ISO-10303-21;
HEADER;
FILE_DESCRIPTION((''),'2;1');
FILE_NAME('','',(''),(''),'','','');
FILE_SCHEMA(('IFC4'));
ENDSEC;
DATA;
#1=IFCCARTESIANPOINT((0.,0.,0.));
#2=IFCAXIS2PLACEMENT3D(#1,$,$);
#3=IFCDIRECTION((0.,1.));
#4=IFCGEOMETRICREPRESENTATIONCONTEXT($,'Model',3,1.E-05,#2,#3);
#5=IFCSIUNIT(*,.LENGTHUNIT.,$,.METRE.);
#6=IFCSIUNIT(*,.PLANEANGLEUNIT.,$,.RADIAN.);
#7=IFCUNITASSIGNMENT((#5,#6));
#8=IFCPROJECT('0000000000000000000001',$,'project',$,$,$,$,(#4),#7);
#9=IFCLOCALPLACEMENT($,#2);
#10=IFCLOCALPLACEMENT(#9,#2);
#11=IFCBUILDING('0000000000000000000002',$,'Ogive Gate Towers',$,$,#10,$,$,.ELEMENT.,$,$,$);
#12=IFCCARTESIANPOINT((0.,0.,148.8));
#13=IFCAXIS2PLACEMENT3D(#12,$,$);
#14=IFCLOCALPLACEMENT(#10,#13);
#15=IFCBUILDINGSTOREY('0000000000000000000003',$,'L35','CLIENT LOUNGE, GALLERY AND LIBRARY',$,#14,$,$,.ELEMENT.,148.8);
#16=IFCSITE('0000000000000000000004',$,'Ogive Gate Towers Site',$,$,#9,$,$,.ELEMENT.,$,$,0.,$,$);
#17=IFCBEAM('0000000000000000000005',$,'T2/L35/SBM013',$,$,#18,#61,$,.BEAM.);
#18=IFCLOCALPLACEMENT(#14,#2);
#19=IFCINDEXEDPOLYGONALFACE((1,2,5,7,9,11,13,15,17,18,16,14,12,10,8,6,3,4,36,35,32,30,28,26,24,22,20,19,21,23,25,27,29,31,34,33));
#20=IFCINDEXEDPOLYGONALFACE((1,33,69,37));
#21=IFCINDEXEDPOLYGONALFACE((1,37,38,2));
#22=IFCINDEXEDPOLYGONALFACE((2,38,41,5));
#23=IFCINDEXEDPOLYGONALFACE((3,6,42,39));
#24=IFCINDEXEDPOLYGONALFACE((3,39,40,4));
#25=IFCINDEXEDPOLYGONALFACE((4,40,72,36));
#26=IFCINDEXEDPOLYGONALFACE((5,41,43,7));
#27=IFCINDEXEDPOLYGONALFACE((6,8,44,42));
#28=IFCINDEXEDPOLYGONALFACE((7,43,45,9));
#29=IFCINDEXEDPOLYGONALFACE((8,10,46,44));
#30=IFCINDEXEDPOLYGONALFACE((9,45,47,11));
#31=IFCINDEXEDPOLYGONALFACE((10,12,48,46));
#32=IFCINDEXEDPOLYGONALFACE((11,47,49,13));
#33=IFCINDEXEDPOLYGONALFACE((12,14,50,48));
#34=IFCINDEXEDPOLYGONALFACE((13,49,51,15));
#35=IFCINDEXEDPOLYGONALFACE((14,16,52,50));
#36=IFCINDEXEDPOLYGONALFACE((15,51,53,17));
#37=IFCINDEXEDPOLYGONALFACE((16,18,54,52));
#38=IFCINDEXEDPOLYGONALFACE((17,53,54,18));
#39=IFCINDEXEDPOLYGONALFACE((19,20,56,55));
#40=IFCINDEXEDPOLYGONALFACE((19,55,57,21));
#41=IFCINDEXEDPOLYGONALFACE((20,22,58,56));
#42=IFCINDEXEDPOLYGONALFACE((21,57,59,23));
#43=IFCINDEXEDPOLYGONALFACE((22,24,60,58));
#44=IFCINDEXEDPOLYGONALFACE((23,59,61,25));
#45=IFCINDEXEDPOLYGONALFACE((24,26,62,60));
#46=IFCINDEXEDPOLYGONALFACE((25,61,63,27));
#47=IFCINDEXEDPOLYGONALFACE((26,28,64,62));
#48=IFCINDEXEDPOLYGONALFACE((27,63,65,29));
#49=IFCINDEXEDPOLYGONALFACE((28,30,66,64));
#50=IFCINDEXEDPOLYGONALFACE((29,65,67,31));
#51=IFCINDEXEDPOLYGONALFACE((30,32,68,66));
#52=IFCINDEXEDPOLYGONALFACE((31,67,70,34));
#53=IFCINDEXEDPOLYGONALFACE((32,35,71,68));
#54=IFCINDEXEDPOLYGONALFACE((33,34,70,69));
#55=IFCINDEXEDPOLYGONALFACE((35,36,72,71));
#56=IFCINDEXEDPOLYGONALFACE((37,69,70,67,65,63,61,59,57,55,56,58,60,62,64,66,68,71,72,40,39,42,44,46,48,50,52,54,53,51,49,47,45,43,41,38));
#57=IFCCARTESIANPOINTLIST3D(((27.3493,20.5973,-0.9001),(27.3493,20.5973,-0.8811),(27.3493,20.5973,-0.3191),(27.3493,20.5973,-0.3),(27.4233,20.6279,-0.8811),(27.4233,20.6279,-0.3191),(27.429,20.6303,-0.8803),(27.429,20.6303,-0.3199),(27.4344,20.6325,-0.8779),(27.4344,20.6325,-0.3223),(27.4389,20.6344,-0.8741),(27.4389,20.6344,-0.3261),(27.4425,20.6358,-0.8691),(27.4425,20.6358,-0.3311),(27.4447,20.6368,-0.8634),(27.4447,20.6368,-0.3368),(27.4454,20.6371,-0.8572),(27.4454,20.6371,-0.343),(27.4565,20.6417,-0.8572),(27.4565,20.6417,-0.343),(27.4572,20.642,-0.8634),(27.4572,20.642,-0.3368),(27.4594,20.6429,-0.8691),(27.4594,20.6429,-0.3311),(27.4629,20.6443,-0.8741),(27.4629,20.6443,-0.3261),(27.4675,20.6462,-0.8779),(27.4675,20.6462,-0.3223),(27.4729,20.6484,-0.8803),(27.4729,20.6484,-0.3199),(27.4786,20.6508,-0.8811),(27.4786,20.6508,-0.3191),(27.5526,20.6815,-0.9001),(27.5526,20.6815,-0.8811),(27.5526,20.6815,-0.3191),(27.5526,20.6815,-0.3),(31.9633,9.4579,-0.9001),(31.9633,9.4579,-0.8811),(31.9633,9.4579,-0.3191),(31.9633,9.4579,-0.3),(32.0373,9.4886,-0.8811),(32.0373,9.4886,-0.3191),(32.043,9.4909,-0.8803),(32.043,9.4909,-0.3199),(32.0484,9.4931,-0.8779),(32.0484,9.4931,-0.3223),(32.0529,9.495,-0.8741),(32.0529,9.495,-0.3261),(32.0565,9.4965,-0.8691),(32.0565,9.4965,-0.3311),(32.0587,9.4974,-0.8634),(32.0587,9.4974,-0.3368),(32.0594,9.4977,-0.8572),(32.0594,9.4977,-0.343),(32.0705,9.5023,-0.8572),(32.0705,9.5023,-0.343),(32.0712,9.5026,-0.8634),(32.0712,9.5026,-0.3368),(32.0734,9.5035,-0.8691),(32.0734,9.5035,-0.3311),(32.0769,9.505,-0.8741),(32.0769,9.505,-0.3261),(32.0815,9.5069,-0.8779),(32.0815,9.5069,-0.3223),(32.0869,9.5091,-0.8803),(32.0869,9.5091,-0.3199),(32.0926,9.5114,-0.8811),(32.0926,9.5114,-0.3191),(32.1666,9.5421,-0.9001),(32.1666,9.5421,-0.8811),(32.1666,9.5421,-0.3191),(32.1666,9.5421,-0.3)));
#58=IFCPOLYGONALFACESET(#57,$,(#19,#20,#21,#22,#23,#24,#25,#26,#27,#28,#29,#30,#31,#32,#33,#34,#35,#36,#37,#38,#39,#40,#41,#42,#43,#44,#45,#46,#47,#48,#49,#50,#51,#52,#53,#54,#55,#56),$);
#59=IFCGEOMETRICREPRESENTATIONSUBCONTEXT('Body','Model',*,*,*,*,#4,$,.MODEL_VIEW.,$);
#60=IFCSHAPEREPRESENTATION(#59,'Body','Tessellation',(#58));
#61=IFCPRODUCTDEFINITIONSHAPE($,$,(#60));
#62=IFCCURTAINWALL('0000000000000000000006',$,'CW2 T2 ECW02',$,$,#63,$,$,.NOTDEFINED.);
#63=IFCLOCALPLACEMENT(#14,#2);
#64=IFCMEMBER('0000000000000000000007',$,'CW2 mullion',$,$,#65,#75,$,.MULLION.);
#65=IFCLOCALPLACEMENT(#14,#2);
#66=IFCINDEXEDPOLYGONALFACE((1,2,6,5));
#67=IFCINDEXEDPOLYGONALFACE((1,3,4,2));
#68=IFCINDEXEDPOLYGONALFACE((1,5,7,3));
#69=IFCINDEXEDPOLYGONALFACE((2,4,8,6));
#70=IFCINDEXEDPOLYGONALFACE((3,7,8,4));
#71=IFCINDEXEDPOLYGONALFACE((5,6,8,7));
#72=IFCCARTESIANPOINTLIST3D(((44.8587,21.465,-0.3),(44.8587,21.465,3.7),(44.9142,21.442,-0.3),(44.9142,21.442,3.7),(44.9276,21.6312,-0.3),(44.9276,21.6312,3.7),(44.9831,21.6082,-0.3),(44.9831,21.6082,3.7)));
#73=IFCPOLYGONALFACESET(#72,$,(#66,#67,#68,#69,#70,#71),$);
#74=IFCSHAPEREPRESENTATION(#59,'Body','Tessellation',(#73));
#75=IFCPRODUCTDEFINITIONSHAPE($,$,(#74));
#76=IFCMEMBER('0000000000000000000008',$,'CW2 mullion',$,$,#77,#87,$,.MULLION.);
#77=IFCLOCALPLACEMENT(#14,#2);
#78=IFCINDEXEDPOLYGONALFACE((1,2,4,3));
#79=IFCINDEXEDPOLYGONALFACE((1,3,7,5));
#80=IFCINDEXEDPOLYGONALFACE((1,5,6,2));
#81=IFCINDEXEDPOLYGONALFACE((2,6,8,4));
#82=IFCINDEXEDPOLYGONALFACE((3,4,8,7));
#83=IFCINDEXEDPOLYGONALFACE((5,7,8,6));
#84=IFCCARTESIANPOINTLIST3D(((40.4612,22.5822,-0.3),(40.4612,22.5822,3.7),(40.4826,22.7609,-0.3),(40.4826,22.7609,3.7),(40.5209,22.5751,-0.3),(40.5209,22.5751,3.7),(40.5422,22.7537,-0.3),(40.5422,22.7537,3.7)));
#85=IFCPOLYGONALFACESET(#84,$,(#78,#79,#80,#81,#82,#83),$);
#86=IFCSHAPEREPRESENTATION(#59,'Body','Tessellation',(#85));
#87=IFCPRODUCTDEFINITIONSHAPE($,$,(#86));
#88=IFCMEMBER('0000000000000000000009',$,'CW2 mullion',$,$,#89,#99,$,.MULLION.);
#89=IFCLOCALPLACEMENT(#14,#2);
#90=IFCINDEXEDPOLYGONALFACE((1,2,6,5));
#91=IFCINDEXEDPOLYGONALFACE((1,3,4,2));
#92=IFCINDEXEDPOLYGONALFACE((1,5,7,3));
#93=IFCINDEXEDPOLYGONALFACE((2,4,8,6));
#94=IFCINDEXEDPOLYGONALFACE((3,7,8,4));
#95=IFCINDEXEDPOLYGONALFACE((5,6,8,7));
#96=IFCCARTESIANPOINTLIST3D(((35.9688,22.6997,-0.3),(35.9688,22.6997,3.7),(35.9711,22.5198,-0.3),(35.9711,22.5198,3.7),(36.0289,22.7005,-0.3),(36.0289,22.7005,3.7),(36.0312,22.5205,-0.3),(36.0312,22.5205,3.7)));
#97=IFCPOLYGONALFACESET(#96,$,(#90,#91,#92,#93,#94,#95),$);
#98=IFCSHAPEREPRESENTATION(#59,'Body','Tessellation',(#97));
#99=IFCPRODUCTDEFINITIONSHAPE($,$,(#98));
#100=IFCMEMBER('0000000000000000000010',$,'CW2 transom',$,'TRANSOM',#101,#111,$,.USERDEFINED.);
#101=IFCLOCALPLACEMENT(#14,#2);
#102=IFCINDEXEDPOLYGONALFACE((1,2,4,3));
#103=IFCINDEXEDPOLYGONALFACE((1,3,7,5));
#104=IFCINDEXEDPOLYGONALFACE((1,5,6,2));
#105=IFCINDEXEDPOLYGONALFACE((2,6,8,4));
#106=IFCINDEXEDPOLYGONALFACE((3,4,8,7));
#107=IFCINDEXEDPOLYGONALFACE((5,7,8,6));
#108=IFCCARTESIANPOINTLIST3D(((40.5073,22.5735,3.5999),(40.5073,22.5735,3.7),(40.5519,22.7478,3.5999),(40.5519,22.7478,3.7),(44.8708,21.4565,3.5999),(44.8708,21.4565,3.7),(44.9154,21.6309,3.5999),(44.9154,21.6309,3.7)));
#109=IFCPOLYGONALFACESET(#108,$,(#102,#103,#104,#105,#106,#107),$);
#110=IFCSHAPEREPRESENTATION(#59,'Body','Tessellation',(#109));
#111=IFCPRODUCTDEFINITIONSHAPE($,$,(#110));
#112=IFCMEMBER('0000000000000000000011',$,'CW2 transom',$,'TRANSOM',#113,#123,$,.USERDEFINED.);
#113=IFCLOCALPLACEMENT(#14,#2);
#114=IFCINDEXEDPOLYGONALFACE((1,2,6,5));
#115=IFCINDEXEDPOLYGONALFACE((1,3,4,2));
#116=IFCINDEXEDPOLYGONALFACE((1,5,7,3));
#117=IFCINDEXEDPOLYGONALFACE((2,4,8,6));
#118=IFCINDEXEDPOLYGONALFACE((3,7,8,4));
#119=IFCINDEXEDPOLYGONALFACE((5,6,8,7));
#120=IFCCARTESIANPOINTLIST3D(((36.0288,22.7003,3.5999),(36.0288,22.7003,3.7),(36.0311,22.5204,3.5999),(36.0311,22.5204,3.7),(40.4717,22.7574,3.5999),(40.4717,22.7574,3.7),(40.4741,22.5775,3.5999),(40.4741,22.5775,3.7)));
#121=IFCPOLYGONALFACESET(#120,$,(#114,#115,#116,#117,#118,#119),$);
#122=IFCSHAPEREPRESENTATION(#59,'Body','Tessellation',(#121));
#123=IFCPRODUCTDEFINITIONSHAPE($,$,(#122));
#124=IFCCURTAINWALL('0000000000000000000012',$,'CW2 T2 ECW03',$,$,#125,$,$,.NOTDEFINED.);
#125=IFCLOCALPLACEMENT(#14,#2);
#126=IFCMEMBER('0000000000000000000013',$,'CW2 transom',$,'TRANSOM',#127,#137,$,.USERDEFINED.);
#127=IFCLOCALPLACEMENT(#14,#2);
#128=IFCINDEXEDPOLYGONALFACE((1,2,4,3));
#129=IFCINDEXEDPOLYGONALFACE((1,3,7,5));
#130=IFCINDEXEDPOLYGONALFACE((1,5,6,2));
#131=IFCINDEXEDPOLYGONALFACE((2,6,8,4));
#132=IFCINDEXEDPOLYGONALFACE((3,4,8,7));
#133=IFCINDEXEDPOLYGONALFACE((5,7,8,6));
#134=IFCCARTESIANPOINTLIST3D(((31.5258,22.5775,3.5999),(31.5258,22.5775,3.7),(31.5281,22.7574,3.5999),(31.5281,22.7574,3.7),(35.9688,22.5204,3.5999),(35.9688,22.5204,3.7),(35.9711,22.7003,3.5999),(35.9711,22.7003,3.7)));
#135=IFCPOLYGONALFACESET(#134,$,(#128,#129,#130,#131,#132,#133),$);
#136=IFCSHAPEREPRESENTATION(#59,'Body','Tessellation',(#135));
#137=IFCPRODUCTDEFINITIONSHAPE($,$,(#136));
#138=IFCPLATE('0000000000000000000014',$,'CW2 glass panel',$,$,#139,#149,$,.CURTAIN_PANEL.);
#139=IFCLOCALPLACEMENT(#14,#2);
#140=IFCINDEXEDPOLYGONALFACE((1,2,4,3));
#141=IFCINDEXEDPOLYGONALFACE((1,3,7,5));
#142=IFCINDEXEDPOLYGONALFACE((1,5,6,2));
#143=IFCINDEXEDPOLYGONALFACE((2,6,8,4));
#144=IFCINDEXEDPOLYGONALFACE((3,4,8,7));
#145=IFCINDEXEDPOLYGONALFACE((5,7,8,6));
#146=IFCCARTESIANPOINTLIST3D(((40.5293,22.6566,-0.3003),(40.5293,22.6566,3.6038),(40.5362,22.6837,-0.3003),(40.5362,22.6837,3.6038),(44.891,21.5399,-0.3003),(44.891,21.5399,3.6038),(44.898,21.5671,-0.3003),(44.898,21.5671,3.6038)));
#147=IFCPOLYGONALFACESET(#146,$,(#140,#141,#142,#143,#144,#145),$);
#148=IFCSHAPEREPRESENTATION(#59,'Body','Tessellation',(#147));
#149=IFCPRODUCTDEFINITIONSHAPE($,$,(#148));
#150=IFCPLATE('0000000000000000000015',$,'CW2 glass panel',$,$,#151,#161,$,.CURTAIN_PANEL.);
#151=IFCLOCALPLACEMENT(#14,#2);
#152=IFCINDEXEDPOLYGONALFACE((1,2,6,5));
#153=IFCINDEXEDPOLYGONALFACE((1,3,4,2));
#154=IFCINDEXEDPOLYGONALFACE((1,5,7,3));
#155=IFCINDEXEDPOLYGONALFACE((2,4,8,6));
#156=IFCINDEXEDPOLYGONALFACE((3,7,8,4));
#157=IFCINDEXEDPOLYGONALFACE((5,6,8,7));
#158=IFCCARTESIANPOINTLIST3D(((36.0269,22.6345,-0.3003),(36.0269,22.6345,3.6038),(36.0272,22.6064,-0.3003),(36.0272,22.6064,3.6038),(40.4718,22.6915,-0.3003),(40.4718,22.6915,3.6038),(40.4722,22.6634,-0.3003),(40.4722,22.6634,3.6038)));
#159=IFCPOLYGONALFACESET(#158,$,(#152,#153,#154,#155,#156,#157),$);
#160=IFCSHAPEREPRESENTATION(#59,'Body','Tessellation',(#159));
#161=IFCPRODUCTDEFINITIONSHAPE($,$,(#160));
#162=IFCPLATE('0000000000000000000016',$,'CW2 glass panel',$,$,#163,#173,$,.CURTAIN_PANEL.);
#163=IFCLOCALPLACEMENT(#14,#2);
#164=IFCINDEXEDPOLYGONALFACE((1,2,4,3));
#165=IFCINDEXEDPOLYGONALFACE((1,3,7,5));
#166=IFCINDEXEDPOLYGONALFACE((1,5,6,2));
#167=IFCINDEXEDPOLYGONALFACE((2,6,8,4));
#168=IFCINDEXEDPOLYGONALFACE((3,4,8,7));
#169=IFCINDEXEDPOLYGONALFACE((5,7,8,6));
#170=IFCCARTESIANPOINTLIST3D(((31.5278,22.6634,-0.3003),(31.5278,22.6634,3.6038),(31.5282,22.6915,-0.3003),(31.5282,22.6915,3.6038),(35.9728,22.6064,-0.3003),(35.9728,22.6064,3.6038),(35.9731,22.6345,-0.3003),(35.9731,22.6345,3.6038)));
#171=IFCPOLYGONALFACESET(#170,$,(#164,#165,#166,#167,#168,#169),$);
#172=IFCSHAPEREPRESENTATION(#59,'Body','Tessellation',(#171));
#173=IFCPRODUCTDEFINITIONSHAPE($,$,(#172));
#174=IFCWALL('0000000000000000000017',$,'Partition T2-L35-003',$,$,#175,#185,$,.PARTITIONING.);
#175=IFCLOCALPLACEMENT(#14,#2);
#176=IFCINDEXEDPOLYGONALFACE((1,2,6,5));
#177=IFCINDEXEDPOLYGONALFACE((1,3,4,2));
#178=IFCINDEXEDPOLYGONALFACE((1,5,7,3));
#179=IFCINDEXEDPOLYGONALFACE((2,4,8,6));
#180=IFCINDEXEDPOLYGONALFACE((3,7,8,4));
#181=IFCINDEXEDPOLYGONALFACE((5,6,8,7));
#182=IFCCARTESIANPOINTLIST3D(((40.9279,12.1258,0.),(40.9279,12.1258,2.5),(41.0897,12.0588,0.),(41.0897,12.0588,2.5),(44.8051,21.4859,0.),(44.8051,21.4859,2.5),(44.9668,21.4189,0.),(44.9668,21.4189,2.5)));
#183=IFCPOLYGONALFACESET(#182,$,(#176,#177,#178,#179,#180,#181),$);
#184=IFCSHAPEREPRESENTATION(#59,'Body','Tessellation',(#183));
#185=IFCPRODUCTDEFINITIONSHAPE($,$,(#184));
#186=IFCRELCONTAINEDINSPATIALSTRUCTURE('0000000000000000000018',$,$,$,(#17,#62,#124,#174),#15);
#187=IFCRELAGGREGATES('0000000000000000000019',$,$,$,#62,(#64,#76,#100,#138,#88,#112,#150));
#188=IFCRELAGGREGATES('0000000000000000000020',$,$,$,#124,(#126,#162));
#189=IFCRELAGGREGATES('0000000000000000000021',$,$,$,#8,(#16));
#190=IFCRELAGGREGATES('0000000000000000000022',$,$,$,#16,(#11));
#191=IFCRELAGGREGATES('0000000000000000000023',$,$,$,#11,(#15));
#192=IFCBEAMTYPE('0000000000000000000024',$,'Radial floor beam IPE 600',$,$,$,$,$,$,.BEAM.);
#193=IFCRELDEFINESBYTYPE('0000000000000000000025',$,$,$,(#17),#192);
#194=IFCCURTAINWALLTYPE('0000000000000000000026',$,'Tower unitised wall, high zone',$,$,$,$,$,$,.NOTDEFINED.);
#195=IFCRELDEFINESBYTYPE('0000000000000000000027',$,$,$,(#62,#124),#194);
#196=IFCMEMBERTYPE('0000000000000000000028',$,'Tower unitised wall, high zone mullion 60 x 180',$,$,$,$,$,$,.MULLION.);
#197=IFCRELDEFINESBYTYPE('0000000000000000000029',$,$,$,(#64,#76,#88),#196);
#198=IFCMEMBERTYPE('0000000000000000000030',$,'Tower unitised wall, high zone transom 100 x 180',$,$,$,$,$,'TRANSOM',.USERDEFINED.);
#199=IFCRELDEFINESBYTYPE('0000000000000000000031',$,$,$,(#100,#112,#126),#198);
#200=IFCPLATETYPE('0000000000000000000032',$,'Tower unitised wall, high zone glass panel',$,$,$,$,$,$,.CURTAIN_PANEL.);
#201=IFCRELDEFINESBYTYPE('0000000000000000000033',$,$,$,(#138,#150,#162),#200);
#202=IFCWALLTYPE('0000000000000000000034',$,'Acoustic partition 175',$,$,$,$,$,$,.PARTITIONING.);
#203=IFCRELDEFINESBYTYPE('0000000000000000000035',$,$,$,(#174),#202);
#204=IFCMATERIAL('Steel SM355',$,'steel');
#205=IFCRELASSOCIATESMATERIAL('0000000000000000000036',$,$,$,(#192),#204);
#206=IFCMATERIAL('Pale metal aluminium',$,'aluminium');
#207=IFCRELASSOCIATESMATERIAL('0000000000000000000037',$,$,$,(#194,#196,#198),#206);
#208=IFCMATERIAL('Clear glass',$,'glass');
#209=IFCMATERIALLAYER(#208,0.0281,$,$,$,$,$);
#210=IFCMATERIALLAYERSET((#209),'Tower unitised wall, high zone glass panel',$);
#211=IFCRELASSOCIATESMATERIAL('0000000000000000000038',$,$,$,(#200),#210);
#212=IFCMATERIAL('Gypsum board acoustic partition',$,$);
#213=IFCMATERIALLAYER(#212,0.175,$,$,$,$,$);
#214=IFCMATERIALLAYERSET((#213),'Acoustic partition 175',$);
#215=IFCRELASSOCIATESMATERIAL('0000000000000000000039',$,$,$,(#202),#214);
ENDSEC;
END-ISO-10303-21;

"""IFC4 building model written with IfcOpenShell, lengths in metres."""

from ifc_helpers import new_model, si_unit, direction, frame, frame_2d, origin, origin_2d, place, context, subcontext, project, spatial, rectangle, i_section, extrude, material, layer, layer_set, material_profile, profile_set, type_object, element, aggregate, save


model = new_model("IFC4")

# Units and contexts
model_context = context("Model", 3, precision=1e-05, world=origin(), true_north=direction((0.0, 1.0)))
body_context = subcontext(model_context, "Body", "Model", "MODEL_VIEW")
ifc_project = project(units=[si_unit("LENGTHUNIT", "METRE"), si_unit("PLANEANGLEUNIT", "RADIAN")], contexts=[model_context])

# Site, building, storey
site_placement = place(None, origin())
site = spatial("IfcSite", under=ifc_project, at=site_placement, Name="Ogive Gate Towers Site", CompositionType="ELEMENT", RefElevation=0.0)
building_placement = place(site_placement, origin())
building = spatial("IfcBuilding", under=site, at=building_placement, Name="Ogive Gate Towers", CompositionType="ELEMENT")
storey_placement = place(building_placement, frame((0.0, 0.0, 148.8)))
storey = spatial("IfcBuildingStorey", under=building, at=storey_placement, Name="L35", Description="CLIENT LOUNGE, GALLERY AND LIBRARY", CompositionType="ELEMENT", Elevation=148.8)

# Beam
ifc_material_1 = material(Name="Steel SM355", Category="steel")
ifc_material_profile_1 = material_profile(ifc_material_1, i_section(OverallWidth=0.22, OverallDepth=0.6001, WebThickness=0.012, FlangeThickness=0.019, FilletRadius=0.0239, at=origin_2d()), Name="IPE 600")
ifc_profile_set_1 = profile_set([ifc_material_profile_1], Name="Steel SM355")
beam_type_1 = type_object("IfcBeamType", Name="Radial floor beam IPE 600", PredefinedType="BEAM", material=ifc_profile_set_1)
for number, where, z_axis, x_axis, name in (
    (1, (32.0649, 9.5, -0.6001), (-0.382678, 0.923882, 0.0), (-0.923882, -0.382678, 0.0), "T2/L35/SBM013"),
):
    element("IfcBeam", number, at=place(storey_placement, frame(where, z_axis=z_axis, x_axis=x_axis)), inside=storey, type_object=beam_type_1, Name=name, PredefinedType="BEAM", context=body_context, shape_type="SweptSolid", body=[
        extrude(i_section(OverallWidth=0.22, OverallDepth=0.6001, WebThickness=0.012, FlangeThickness=0.019, FilletRadius=0.0239, at=origin_2d()), origin(), (0.0, 0.0, 1.0), 12.0571),
    ])

# Curtain wall, members
ifc_material_2 = material(Name="Pale metal aluminium", Category="aluminium")
curtain_wall_type = type_object("IfcCurtainWallType", Name="Tower unitised wall, high zone", PredefinedType="NOTDEFINED", material=ifc_material_2)
curtain_wall_1_placement = place(storey_placement, origin())
curtain_wall_1 = element("IfcCurtainWall", 2, at=curtain_wall_1_placement, inside=storey, type_object=curtain_wall_type, Name="CW2 T2 ECW02", PredefinedType="NOTDEFINED")
ifc_material_profile_2 = material_profile(ifc_material_2, rectangle(XDim=0.1799, YDim=0.0601, at=origin_2d()), Name="60 x 180 aluminium box")
ifc_profile_set_2 = profile_set([ifc_material_profile_2], Name="Pale metal aluminium")
member_type_1 = type_object("IfcMemberType", Name="Tower unitised wall, high zone mullion 60 x 180", PredefinedType="MULLION", material=ifc_profile_set_2)
member_1_placement = place(storey_placement, frame((44.9209, 21.5366, -0.3), z_axis=(0.0, 0.0, 1.0), x_axis=(0.382683, 0.92388, 0.0)))
member_1 = element("IfcMember", 3, at=member_1_placement, type_object=member_type_1, Name="CW2 mullion", PredefinedType="MULLION", context=body_context, shape_type="SweptSolid", body=[
    extrude(rectangle(XDim=0.1799, YDim=0.0601, at=origin_2d()), origin(), (0.0, 0.0, 1.0), 4.0),
])
member_2_placement = place(storey_placement, frame((40.5017, 22.668, -0.3), z_axis=(0.0, 0.0, 1.0), x_axis=(0.118612, 0.992941, 0.0)))
member_2 = element("IfcMember", 4, at=member_2_placement, type_object=member_type_1, Name="CW2 mullion", PredefinedType="MULLION", context=body_context, shape_type="SweptSolid", body=[
    extrude(rectangle(XDim=0.1799, YDim=0.0601, at=origin_2d()), origin(), (0.0, 0.0, 1.0), 4.0),
])
member_3_placement = place(storey_placement, frame((36.0, 22.6101, -0.3), z_axis=(0.0, 0.0, 1.0), x_axis=(-0.012828, 0.999918, 0.0)))
member_3 = element("IfcMember", 5, at=member_3_placement, type_object=member_type_1, Name="CW2 mullion", PredefinedType="MULLION", context=body_context, shape_type="SweptSolid", body=[
    extrude(rectangle(XDim=0.1799, YDim=0.0601, at=origin_2d()), origin(), (0.0, 0.0, 1.0), 4.0),
])
ifc_material_profile_3 = material_profile(ifc_material_2, rectangle(XDim=0.1799, YDim=0.1001, at=origin_2d()), Name="100 x 180 aluminium box")
ifc_profile_set_3 = profile_set([ifc_material_profile_3], Name="Pale metal aluminium")
member_type_2 = type_object("IfcMemberType", Name="Tower unitised wall, high zone transom 100 x 180", ElementType="TRANSOM", PredefinedType="USERDEFINED", material=ifc_profile_set_3)
member_4_placement = place(storey_placement, frame((44.8931, 21.5437, 3.6499), z_axis=(-0.968766, 0.247978, 0.0), x_axis=(-0.247978, -0.968766, 0.0)))
member_4 = element("IfcMember", 6, at=member_4_placement, type_object=member_type_2, Name="CW2 transom", ObjectType="TRANSOM", PredefinedType="USERDEFINED", context=body_context, shape_type="SweptSolid", body=[
    extrude(rectangle(XDim=0.1799, YDim=0.1001, at=origin_2d()), origin(), (0.0, 0.0, 1.0), 4.5042),
])
member_5_placement = place(storey_placement, frame((40.4729, 22.6675, 3.6499), z_axis=(-0.999917, -0.012857, 0.0), x_axis=(0.012857, -0.999917, 0.0)))
member_5 = element("IfcMember", 7, at=member_5_placement, type_object=member_type_2, Name="CW2 transom", ObjectType="TRANSOM", PredefinedType="USERDEFINED", context=body_context, shape_type="SweptSolid", body=[
    extrude(rectangle(XDim=0.1799, YDim=0.1001, at=origin_2d()), origin(), (0.0, 0.0, 1.0), 4.4434),
])

# Curtain wall, member
curtain_wall_2_placement = place(storey_placement, origin())
curtain_wall_2 = element("IfcCurtainWall", 8, at=curtain_wall_2_placement, inside=storey, type_object=curtain_wall_type, Name="CW2 T2 ECW03", PredefinedType="NOTDEFINED")
member_6_placement = place(storey_placement, frame((35.97, 22.6104, 3.6499), z_axis=(-0.999917, 0.012857, 0.0), x_axis=(-0.012857, -0.999917, 0.0)))
member_6 = element("IfcMember", 9, at=member_6_placement, type_object=member_type_2, Name="CW2 transom", ObjectType="TRANSOM", PredefinedType="USERDEFINED", context=body_context, shape_type="SweptSolid", body=[
    extrude(rectangle(XDim=0.1799, YDim=0.1001, at=origin_2d()), origin(), (0.0, 0.0, 1.0), 4.4434),
])

# Plates
ifc_material_3 = material(Name="Clear glass", Category="glass")
ifc_layer_1 = layer(ifc_material_3, 0.0281)
ifc_layer_set_1 = layer_set([ifc_layer_1], Name="Tower unitised wall, high zone glass panel")
plate_type = type_object("IfcPlateType", Name="Tower unitised wall, high zone glass panel", PredefinedType="CURTAIN_PANEL", material=ifc_layer_set_1)
plate_1_placement = place(storey_placement, frame((42.7136, 22.1118, -0.3003), z_axis=(0.0, 0.0, 1.0), x_axis=(-0.968757, 0.248014, 0.0)))
plate_1 = element("IfcPlate", 10, at=plate_1_placement, type_object=plate_type, Name="CW2 glass panel", PredefinedType="CURTAIN_PANEL", context=body_context, shape_type="SweptSolid", body=[
    extrude(rectangle(XDim=4.5024, YDim=0.0281, at=origin_2d()), origin(), (0.0, 0.0, 1.0), 3.9041),
])
plate_2_placement = place(storey_placement, frame((38.2495, 22.6489, -0.3003), z_axis=(0.0, 0.0, 1.0), x_axis=(-0.999918, -0.012828, 0.0)))
plate_2 = element("IfcPlate", 11, at=plate_2_placement, type_object=plate_type, Name="CW2 glass panel", PredefinedType="CURTAIN_PANEL", context=body_context, shape_type="SweptSolid", body=[
    extrude(rectangle(XDim=4.4453, YDim=0.0281, at=origin_2d()), origin(), (0.0, 0.0, 1.0), 3.9041),
])
aggregate(curtain_wall_1, [member_1, member_2, member_4, plate_1, member_3, member_5, plate_2])
plate_3_placement = place(storey_placement, frame((33.7505, 22.6489, -0.3003), z_axis=(0.0, 0.0, 1.0), x_axis=(-0.999918, 0.012828, 0.0)))
plate_3 = element("IfcPlate", 12, at=plate_3_placement, type_object=plate_type, Name="CW2 glass panel", PredefinedType="CURTAIN_PANEL", context=body_context, shape_type="SweptSolid", body=[
    extrude(rectangle(XDim=4.4453, YDim=0.0281, at=origin_2d()), origin(), (0.0, 0.0, 1.0), 3.9041),
])
aggregate(curtain_wall_2, [member_6, plate_3])

# Wall
ifc_material_4 = material(Name="Gypsum board acoustic partition")
ifc_layer_2 = layer(ifc_material_4, 0.175)
ifc_layer_set_2 = layer_set([ifc_layer_2], Name="Acoustic partition 175")
wall_type_1 = type_object("IfcWallType", Name="Acoustic partition 175", PredefinedType="PARTITIONING", material=ifc_layer_set_2)
wall_1_placement = place(storey_placement, frame((44.886, 21.4524, 0.0), z_axis=(0.0, 0.0, 1.0), x_axis=(-0.382693, -0.923876, 0.0)))
element("IfcWall", 13, at=wall_1_placement, inside=storey, type_object=wall_type_1, Name="Partition T2-L35-003", PredefinedType="PARTITIONING", context=body_context, shape_type="SweptSolid", body=[
    extrude(rectangle(XDim=10.1313, YDim=0.175, at=frame_2d((5.0657, 0.0))), origin(), (0.0, 0.0, 1.0), 2.5),
])

save(model, "model.ifc")
